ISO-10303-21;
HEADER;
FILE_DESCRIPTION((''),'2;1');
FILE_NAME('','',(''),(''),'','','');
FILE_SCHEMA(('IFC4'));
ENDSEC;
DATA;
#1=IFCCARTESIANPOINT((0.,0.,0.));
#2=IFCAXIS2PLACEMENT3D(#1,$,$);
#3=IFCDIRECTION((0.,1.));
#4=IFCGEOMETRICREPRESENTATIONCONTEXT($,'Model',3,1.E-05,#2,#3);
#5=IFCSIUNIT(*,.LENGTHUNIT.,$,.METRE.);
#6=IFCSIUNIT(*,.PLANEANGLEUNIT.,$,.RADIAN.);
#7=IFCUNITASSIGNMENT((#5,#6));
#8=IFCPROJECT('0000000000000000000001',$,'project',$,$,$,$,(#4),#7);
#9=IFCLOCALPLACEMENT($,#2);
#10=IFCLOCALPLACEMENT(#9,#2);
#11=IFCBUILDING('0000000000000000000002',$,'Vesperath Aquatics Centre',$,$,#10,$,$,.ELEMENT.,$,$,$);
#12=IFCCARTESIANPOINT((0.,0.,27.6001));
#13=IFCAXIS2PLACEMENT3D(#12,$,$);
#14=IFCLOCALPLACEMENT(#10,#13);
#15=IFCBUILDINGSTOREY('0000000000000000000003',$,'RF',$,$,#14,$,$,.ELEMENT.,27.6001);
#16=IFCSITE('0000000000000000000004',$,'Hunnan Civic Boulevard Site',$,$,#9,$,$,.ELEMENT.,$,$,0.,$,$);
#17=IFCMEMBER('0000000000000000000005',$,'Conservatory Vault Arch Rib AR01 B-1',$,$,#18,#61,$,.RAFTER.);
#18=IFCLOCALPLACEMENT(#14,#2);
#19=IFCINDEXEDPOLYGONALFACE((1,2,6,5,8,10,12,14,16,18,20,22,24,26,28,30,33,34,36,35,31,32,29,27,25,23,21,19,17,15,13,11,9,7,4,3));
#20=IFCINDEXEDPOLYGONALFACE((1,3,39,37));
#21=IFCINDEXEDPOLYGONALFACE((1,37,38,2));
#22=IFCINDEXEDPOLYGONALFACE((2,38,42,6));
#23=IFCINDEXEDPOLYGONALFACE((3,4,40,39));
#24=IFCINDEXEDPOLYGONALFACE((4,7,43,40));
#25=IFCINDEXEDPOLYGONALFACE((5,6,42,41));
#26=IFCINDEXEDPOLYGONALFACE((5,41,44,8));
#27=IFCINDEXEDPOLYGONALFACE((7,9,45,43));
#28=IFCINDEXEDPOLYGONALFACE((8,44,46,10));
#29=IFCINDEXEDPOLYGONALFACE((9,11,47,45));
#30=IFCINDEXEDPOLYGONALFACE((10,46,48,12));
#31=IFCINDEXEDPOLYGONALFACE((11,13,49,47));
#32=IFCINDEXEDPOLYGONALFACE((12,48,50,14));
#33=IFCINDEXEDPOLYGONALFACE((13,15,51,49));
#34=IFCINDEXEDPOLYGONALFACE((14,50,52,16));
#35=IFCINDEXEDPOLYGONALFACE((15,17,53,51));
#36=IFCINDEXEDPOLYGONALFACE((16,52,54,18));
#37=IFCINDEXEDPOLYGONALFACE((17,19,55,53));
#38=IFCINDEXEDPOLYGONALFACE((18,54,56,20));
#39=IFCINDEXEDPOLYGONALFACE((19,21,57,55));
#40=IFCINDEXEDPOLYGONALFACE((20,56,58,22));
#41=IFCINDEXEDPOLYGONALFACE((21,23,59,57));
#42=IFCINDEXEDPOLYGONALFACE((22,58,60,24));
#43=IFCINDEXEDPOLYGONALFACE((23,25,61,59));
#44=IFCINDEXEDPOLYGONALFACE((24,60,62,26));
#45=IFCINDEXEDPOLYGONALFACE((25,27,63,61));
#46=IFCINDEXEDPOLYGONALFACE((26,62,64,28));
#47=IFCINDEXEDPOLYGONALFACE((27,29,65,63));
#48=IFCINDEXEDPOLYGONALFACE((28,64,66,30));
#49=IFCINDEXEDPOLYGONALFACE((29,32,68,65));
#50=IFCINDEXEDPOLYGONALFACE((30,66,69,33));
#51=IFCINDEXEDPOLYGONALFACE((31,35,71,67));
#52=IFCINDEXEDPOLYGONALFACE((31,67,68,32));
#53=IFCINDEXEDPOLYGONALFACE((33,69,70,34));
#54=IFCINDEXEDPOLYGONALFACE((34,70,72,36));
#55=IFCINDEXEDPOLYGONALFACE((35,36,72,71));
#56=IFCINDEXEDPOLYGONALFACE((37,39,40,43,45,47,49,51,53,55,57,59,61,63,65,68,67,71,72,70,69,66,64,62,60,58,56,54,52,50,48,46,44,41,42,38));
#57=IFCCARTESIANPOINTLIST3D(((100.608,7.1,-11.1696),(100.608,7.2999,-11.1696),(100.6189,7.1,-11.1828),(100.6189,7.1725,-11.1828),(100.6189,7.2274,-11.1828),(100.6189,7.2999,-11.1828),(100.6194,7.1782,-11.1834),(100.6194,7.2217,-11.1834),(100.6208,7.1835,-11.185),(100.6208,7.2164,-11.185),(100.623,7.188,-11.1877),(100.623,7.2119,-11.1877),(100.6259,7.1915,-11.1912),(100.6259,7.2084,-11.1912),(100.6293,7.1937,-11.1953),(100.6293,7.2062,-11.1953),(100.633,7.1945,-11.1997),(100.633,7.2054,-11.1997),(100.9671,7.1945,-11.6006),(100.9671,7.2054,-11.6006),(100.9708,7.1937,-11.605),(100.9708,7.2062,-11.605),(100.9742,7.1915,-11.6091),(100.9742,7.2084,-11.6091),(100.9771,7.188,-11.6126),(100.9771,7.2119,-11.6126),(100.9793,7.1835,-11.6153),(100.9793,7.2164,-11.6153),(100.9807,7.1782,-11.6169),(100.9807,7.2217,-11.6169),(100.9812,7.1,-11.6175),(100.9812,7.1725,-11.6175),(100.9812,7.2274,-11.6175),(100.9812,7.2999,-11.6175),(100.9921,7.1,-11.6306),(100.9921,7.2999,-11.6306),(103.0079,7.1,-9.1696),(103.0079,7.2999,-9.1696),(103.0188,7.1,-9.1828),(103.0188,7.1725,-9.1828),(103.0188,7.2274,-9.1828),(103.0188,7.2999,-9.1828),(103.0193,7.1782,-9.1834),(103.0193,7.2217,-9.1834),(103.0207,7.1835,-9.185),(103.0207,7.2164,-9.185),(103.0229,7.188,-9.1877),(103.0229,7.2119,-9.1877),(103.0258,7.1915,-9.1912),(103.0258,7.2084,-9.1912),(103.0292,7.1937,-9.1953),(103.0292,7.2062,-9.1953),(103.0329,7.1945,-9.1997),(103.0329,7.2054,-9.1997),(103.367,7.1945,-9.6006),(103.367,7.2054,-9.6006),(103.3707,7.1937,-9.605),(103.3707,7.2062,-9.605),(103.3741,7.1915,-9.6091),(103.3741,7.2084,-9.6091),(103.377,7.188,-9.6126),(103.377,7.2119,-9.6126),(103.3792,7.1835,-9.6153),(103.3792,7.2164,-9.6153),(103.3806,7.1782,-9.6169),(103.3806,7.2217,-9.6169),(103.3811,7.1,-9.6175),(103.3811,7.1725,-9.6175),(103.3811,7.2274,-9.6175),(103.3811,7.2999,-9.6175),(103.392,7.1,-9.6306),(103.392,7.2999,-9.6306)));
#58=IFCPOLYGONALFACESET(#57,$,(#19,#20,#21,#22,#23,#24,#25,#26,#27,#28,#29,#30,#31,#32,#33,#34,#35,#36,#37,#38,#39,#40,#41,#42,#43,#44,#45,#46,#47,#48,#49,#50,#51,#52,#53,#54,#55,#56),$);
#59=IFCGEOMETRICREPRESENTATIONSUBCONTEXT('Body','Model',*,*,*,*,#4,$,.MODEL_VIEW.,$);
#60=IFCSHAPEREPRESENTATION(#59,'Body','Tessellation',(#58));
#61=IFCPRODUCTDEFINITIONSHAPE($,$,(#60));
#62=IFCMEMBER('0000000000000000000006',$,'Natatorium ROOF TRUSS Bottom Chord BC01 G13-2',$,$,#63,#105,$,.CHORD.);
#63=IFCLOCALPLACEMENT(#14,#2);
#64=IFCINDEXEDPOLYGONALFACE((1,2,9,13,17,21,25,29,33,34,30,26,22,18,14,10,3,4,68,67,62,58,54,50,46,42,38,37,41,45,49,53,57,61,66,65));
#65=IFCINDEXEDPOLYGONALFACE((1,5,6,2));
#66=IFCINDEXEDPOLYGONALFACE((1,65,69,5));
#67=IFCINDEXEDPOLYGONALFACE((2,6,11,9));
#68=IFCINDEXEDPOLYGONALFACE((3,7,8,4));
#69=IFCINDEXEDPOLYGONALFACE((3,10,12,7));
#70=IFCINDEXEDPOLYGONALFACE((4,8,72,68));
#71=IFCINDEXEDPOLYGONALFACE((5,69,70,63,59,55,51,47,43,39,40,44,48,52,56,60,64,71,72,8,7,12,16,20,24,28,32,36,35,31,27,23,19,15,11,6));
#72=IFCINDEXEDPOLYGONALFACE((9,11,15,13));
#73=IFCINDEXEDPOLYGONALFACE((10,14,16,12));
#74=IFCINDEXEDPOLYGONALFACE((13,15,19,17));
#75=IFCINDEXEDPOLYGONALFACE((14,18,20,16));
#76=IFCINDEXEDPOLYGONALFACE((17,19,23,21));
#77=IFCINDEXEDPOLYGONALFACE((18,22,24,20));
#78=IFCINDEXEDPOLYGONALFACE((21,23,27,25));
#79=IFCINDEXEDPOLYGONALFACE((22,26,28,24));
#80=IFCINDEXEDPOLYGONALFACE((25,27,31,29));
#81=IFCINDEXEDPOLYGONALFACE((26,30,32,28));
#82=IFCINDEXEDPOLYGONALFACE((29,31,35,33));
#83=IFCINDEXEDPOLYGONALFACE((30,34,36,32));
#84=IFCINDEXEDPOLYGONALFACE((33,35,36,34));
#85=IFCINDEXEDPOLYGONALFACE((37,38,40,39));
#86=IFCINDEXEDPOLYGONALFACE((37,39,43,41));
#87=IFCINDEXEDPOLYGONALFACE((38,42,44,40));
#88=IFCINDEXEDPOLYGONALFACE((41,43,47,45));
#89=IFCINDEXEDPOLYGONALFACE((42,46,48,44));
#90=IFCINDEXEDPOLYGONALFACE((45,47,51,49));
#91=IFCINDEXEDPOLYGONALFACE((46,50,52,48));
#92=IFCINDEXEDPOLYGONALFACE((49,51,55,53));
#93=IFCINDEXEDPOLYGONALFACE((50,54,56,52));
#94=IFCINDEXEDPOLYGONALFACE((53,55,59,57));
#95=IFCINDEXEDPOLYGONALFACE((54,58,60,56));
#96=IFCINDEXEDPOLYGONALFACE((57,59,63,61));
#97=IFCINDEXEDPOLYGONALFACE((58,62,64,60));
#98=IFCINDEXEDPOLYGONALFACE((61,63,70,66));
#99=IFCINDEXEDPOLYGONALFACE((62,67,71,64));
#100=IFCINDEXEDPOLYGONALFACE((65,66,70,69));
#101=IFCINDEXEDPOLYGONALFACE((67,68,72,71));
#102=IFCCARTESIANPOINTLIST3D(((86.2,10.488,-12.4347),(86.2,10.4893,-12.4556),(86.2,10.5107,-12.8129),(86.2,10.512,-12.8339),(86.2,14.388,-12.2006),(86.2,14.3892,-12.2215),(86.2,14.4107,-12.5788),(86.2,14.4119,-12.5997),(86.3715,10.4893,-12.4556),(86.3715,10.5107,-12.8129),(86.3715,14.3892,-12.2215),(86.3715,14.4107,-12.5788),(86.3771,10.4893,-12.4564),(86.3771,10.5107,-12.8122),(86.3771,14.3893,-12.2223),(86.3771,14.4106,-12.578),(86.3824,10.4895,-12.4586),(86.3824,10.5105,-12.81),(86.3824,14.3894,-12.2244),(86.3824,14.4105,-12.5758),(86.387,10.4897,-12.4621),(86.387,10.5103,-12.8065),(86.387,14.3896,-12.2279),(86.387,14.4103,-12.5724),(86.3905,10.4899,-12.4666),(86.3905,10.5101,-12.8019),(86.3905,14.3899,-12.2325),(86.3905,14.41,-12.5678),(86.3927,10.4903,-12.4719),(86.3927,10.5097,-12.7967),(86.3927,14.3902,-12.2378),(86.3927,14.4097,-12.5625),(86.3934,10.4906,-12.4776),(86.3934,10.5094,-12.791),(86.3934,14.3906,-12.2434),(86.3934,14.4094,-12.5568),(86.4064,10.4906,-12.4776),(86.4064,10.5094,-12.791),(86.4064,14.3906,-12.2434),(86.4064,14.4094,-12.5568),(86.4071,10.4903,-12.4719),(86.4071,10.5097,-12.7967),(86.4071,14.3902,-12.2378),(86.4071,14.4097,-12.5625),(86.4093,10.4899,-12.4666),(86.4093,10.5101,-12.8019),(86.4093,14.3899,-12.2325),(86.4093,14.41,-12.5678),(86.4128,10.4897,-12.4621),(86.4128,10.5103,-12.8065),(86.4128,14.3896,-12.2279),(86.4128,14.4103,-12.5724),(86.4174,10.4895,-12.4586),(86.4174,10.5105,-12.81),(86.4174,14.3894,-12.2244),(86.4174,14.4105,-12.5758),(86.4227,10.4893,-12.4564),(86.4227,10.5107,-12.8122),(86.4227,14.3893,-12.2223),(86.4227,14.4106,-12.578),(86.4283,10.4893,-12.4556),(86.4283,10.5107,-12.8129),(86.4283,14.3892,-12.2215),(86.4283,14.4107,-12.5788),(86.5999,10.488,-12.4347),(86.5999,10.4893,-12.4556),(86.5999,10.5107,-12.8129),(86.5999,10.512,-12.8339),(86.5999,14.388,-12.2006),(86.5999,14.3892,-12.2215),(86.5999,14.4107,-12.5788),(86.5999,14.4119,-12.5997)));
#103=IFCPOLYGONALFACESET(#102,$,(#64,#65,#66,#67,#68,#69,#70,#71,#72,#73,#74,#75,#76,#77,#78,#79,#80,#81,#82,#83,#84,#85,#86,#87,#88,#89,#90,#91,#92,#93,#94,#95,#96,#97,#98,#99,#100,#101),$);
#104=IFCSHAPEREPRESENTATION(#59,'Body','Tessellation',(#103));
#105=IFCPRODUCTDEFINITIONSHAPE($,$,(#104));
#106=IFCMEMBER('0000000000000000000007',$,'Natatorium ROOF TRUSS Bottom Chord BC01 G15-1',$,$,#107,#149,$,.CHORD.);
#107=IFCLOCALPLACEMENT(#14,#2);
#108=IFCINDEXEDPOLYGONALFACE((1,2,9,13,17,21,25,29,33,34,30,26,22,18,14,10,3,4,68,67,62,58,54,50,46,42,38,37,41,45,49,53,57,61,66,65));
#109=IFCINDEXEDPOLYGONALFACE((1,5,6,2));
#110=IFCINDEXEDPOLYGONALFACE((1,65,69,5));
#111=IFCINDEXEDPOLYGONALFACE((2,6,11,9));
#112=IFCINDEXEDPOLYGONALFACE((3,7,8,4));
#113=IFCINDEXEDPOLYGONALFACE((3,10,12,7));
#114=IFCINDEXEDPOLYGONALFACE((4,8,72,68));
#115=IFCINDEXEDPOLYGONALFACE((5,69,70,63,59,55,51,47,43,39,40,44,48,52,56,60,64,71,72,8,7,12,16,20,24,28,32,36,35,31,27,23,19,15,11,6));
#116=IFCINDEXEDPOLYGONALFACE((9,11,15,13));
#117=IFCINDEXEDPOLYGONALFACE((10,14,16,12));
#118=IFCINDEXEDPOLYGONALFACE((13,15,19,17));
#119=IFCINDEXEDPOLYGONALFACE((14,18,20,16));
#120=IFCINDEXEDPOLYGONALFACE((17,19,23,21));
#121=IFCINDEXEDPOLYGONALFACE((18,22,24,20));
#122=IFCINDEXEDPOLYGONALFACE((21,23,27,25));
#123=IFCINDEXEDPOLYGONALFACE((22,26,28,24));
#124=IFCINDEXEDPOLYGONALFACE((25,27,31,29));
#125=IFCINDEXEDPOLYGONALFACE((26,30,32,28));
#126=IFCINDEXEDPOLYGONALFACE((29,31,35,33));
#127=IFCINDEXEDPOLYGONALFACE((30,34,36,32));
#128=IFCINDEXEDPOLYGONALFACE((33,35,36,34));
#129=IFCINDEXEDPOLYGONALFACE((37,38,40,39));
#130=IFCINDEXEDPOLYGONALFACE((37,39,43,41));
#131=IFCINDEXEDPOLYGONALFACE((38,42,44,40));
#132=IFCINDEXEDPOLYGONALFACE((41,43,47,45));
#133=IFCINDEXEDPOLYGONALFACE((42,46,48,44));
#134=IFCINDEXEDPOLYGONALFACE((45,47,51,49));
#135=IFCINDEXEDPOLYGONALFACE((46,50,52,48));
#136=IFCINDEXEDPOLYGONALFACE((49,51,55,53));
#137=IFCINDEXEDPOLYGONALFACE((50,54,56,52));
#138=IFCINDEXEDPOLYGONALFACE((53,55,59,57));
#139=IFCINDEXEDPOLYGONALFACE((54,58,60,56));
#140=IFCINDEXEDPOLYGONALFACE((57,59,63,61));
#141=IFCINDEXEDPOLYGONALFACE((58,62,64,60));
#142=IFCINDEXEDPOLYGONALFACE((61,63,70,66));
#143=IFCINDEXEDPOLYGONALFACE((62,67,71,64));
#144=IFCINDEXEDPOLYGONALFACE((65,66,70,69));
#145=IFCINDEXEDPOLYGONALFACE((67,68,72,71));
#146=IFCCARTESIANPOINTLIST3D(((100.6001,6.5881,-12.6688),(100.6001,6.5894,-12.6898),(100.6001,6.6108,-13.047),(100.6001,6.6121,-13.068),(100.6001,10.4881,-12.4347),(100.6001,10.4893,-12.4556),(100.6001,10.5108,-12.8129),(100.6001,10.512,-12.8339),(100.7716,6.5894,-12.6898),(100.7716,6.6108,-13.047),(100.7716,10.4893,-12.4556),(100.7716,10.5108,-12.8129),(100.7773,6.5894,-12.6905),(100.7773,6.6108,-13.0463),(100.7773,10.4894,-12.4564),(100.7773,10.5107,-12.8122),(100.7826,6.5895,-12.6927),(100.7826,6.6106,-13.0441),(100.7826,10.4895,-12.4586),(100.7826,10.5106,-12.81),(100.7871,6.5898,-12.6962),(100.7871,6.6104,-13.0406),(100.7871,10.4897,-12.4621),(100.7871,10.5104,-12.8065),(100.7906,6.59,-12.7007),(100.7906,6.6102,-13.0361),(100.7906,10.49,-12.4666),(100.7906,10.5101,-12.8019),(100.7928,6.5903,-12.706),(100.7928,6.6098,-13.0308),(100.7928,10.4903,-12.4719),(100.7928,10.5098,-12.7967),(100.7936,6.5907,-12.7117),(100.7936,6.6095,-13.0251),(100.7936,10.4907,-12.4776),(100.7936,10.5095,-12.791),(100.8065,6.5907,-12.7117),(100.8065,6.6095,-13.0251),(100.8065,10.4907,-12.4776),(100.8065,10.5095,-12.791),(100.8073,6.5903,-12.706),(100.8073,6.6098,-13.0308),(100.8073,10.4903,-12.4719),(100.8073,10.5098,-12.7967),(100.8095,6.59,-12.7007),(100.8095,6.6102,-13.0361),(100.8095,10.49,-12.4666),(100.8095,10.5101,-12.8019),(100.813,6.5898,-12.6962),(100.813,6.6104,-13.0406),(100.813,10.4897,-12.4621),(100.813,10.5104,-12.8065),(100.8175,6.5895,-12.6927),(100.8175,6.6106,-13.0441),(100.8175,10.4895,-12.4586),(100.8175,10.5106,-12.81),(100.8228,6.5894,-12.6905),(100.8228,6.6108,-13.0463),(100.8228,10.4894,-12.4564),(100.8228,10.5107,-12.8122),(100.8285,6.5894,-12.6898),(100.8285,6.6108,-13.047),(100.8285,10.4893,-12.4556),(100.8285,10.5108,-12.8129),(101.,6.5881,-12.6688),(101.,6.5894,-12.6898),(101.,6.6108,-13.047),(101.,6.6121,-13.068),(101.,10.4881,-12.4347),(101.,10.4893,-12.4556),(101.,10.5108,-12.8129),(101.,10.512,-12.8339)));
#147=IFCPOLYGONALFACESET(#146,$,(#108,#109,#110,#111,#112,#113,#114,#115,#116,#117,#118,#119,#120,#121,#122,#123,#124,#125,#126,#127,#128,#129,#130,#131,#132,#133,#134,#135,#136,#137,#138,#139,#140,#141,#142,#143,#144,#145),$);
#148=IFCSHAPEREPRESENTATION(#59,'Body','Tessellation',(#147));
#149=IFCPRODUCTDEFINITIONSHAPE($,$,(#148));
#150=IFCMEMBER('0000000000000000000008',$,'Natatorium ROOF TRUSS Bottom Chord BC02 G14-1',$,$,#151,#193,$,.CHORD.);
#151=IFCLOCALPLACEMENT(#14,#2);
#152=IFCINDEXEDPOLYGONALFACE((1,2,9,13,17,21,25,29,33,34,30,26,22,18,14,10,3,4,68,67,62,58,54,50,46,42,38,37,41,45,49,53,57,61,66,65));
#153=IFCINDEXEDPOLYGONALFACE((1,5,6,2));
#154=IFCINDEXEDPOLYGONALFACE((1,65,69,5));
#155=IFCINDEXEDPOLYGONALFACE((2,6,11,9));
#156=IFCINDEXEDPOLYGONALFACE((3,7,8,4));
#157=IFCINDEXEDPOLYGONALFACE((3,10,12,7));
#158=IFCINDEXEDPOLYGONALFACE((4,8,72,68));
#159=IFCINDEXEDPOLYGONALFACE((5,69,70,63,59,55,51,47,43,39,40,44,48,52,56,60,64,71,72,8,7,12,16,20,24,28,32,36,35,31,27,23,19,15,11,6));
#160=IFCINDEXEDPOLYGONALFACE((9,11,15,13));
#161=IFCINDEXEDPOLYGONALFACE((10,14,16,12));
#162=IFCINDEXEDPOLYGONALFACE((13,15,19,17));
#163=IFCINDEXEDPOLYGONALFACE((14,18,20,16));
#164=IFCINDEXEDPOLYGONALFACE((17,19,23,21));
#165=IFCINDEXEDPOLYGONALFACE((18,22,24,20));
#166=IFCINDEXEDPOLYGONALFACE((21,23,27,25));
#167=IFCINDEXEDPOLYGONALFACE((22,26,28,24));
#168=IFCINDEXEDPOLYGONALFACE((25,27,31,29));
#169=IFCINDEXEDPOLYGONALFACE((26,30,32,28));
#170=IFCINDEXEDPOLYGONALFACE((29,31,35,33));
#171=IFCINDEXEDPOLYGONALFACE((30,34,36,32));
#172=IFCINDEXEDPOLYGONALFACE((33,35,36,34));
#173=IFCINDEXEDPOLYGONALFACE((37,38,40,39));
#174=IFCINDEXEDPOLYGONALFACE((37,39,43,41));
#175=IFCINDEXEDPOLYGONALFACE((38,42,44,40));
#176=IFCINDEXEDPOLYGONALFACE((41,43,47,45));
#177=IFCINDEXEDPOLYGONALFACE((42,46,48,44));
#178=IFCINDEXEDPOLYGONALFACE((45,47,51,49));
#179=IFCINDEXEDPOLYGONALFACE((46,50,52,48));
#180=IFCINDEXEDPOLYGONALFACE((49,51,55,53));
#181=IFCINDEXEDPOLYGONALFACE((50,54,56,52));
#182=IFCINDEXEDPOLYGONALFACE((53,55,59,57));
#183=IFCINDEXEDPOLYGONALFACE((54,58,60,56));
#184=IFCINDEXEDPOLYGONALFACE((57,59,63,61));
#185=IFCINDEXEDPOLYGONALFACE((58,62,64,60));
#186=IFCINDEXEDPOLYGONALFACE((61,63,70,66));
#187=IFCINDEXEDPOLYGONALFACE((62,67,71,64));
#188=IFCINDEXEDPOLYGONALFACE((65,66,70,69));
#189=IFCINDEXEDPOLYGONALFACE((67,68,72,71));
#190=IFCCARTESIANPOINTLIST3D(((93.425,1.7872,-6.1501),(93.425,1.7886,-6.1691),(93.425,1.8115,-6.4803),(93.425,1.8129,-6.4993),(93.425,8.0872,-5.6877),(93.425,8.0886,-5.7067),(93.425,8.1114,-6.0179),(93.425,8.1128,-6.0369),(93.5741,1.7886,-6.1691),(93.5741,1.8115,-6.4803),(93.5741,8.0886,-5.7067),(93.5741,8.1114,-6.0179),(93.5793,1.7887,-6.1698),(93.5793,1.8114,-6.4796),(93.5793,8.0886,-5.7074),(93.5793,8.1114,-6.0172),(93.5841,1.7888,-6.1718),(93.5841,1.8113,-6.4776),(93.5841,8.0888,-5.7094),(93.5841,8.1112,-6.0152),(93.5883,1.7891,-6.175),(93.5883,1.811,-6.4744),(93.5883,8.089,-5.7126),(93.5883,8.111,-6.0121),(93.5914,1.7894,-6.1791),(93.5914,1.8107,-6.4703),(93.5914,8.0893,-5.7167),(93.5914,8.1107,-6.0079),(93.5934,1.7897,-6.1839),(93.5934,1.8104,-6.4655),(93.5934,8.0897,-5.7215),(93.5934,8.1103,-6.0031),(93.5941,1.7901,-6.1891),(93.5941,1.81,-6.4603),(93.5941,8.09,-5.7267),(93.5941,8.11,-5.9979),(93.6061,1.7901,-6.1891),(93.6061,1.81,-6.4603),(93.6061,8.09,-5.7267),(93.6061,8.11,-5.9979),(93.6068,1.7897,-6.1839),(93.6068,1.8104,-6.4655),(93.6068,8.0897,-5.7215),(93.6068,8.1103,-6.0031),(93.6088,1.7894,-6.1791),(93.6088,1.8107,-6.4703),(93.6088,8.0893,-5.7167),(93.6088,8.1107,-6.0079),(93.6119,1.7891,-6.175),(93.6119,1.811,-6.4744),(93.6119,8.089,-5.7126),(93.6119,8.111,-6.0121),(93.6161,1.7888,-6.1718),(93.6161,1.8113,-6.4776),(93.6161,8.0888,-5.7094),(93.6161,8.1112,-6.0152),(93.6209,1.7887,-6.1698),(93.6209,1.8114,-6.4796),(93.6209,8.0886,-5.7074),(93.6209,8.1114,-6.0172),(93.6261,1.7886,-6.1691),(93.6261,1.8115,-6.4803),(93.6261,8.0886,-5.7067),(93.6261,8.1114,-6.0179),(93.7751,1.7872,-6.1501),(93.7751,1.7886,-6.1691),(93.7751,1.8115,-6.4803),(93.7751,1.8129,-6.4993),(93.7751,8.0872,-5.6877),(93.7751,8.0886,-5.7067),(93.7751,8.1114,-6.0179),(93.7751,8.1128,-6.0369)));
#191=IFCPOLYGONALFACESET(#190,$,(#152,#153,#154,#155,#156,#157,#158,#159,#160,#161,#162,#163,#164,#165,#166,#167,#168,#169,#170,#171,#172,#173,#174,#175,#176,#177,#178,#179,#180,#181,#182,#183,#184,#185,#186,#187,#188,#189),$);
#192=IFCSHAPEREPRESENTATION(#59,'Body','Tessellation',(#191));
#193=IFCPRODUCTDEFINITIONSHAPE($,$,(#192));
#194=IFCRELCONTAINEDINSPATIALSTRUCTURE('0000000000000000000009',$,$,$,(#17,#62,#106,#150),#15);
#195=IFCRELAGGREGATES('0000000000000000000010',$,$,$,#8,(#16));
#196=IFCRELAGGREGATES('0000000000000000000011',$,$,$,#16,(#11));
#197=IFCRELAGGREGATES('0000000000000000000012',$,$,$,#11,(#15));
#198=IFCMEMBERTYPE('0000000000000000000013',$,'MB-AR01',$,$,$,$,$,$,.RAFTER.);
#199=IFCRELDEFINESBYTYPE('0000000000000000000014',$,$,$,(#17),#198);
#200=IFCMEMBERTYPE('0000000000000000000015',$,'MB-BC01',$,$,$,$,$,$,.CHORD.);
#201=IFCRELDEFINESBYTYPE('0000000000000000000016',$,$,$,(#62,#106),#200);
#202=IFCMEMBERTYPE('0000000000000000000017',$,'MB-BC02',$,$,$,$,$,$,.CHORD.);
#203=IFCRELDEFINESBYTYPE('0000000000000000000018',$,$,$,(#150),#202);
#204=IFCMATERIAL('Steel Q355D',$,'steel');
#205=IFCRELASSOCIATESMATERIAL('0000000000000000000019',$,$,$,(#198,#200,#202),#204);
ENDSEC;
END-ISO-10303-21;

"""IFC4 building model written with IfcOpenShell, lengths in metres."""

from ifc_helpers import new_model, si_unit, direction, frame, origin, origin_2d, place, context, subcontext, project, spatial, i_section, extrude, material, material_profile, profile_set, type_object, element, save


model = new_model("IFC4")

# Units and contexts
model_context = context("Model", 3, precision=1e-05, world=origin(), true_north=direction((0.0, 1.0)))
body_context = subcontext(model_context, "Body", "Model", "MODEL_VIEW")
ifc_project = project(units=[si_unit("LENGTHUNIT", "METRE"), si_unit("PLANEANGLEUNIT", "RADIAN")], contexts=[model_context])

# Site, building, storey
site_placement = place(None, origin())
site = spatial("IfcSite", under=ifc_project, at=site_placement, Name="Hunnan Civic Boulevard Site", CompositionType="ELEMENT", RefElevation=0.0)
building_placement = place(site_placement, origin())
building = spatial("IfcBuilding", under=site, at=building_placement, Name="Vesperath Aquatics Centre", CompositionType="ELEMENT")
storey_placement = place(building_placement, frame((0.0, 0.0, 27.6001)))
storey = spatial("IfcBuildingStorey", under=building, at=storey_placement, Name="RF", CompositionType="ELEMENT", Elevation=27.6001)

# Shared definitions
ifc_material_1 = material(Name="Steel Q355D", Category="steel")

# Members
ifc_material_profile_1 = material_profile(ifc_material_1, i_section(OverallWidth=0.2, OverallDepth=0.6001, WebThickness=0.011, FlangeThickness=0.0171, FilletRadius=0.022, at=origin_2d()), Name="HN 600x200x11x17")
ifc_profile_set_1 = profile_set([ifc_material_profile_1], Name="Steel Q355D")
member_type_1 = type_object("IfcMemberType", Name="MB-AR01", PredefinedType="RAFTER", material=ifc_profile_set_1)
member_1_placement = place(storey_placement, frame((100.8, 7.2, -11.4001), z_axis=(0.768208, 0.0, 0.6402), x_axis=(0.0, 1.0, 0.0)))
element("IfcMember", 1, at=member_1_placement, inside=storey, type_object=member_type_1, Name="Conservatory Vault Arch Rib AR01 B-1", PredefinedType="RAFTER", context=body_context, shape_type="SweptSolid", body=[
    extrude(i_section(OverallWidth=0.2, OverallDepth=0.6001, WebThickness=0.011, FlangeThickness=0.0171, FilletRadius=0.022, at=origin_2d()), origin(), (0.0, 0.0, 1.0), 3.124),
])
ifc_material_profile_2 = material_profile(ifc_material_1, i_section(OverallWidth=0.3999, OverallDepth=0.3999, WebThickness=0.0129, FlangeThickness=0.021, FilletRadius=0.022, at=origin_2d()), Name="HW 400x400x13x21")
ifc_profile_set_2 = profile_set([ifc_material_profile_2], Name="Steel Q355D")
member_type_2 = type_object("IfcMemberType", Name="MB-BC01", PredefinedType="CHORD", material=ifc_profile_set_2)
for number, where, z_axis, x_axis, name in (
    (2, (86.3999, 10.5, -12.6343), (0.0, 0.998203, 0.059927), (-1.0, 0.0, 0.0), "Natatorium ROOF TRUSS Bottom Chord BC01 G13-2"),
    (3, (100.8, 6.6001, -12.8684), (0.0, 0.998203, 0.059927), (-1.0, 0.0, 0.0), "Natatorium ROOF TRUSS Bottom Chord BC01 G15-1"),
):
    element("IfcMember", number, at=place(storey_placement, frame(where, z_axis=z_axis, x_axis=x_axis)), inside=storey, type_object=member_type_2, Name=name, PredefinedType="CHORD", context=body_context, shape_type="SweptSolid", body=[
        extrude(i_section(OverallWidth=0.3999, OverallDepth=0.3999, WebThickness=0.0129, FlangeThickness=0.021, FilletRadius=0.022, at=origin_2d()), origin(), (0.0, 0.0, 1.0), 3.907),
    ])
ifc_material_profile_3 = material_profile(ifc_material_1, i_section(OverallWidth=0.3501, OverallDepth=0.3501, WebThickness=0.012, FlangeThickness=0.019, FilletRadius=0.02, at=origin_2d()), Name="HW 350x350x12x19")
ifc_profile_set_3 = profile_set([ifc_material_profile_3], Name="Steel Q355D")
member_type_3 = type_object("IfcMemberType", Name="MB-BC02", PredefinedType="CHORD", material=ifc_profile_set_3)
member_2_placement = place(storey_placement, frame((93.6001, 1.8, -6.3247), z_axis=(0.0, 0.997317, 0.0732), x_axis=(-1.0, 0.0, 0.0)))
element("IfcMember", 4, at=member_2_placement, inside=storey, type_object=member_type_3, Name="Natatorium ROOF TRUSS Bottom Chord BC02 G14-1", PredefinedType="CHORD", context=body_context, shape_type="SweptSolid", body=[
    extrude(i_section(OverallWidth=0.3501, OverallDepth=0.3501, WebThickness=0.012, FlangeThickness=0.019, FilletRadius=0.02, at=origin_2d()), origin(), (0.0, 0.0, 1.0), 6.3169),
])

save(model, "model.ifc")
